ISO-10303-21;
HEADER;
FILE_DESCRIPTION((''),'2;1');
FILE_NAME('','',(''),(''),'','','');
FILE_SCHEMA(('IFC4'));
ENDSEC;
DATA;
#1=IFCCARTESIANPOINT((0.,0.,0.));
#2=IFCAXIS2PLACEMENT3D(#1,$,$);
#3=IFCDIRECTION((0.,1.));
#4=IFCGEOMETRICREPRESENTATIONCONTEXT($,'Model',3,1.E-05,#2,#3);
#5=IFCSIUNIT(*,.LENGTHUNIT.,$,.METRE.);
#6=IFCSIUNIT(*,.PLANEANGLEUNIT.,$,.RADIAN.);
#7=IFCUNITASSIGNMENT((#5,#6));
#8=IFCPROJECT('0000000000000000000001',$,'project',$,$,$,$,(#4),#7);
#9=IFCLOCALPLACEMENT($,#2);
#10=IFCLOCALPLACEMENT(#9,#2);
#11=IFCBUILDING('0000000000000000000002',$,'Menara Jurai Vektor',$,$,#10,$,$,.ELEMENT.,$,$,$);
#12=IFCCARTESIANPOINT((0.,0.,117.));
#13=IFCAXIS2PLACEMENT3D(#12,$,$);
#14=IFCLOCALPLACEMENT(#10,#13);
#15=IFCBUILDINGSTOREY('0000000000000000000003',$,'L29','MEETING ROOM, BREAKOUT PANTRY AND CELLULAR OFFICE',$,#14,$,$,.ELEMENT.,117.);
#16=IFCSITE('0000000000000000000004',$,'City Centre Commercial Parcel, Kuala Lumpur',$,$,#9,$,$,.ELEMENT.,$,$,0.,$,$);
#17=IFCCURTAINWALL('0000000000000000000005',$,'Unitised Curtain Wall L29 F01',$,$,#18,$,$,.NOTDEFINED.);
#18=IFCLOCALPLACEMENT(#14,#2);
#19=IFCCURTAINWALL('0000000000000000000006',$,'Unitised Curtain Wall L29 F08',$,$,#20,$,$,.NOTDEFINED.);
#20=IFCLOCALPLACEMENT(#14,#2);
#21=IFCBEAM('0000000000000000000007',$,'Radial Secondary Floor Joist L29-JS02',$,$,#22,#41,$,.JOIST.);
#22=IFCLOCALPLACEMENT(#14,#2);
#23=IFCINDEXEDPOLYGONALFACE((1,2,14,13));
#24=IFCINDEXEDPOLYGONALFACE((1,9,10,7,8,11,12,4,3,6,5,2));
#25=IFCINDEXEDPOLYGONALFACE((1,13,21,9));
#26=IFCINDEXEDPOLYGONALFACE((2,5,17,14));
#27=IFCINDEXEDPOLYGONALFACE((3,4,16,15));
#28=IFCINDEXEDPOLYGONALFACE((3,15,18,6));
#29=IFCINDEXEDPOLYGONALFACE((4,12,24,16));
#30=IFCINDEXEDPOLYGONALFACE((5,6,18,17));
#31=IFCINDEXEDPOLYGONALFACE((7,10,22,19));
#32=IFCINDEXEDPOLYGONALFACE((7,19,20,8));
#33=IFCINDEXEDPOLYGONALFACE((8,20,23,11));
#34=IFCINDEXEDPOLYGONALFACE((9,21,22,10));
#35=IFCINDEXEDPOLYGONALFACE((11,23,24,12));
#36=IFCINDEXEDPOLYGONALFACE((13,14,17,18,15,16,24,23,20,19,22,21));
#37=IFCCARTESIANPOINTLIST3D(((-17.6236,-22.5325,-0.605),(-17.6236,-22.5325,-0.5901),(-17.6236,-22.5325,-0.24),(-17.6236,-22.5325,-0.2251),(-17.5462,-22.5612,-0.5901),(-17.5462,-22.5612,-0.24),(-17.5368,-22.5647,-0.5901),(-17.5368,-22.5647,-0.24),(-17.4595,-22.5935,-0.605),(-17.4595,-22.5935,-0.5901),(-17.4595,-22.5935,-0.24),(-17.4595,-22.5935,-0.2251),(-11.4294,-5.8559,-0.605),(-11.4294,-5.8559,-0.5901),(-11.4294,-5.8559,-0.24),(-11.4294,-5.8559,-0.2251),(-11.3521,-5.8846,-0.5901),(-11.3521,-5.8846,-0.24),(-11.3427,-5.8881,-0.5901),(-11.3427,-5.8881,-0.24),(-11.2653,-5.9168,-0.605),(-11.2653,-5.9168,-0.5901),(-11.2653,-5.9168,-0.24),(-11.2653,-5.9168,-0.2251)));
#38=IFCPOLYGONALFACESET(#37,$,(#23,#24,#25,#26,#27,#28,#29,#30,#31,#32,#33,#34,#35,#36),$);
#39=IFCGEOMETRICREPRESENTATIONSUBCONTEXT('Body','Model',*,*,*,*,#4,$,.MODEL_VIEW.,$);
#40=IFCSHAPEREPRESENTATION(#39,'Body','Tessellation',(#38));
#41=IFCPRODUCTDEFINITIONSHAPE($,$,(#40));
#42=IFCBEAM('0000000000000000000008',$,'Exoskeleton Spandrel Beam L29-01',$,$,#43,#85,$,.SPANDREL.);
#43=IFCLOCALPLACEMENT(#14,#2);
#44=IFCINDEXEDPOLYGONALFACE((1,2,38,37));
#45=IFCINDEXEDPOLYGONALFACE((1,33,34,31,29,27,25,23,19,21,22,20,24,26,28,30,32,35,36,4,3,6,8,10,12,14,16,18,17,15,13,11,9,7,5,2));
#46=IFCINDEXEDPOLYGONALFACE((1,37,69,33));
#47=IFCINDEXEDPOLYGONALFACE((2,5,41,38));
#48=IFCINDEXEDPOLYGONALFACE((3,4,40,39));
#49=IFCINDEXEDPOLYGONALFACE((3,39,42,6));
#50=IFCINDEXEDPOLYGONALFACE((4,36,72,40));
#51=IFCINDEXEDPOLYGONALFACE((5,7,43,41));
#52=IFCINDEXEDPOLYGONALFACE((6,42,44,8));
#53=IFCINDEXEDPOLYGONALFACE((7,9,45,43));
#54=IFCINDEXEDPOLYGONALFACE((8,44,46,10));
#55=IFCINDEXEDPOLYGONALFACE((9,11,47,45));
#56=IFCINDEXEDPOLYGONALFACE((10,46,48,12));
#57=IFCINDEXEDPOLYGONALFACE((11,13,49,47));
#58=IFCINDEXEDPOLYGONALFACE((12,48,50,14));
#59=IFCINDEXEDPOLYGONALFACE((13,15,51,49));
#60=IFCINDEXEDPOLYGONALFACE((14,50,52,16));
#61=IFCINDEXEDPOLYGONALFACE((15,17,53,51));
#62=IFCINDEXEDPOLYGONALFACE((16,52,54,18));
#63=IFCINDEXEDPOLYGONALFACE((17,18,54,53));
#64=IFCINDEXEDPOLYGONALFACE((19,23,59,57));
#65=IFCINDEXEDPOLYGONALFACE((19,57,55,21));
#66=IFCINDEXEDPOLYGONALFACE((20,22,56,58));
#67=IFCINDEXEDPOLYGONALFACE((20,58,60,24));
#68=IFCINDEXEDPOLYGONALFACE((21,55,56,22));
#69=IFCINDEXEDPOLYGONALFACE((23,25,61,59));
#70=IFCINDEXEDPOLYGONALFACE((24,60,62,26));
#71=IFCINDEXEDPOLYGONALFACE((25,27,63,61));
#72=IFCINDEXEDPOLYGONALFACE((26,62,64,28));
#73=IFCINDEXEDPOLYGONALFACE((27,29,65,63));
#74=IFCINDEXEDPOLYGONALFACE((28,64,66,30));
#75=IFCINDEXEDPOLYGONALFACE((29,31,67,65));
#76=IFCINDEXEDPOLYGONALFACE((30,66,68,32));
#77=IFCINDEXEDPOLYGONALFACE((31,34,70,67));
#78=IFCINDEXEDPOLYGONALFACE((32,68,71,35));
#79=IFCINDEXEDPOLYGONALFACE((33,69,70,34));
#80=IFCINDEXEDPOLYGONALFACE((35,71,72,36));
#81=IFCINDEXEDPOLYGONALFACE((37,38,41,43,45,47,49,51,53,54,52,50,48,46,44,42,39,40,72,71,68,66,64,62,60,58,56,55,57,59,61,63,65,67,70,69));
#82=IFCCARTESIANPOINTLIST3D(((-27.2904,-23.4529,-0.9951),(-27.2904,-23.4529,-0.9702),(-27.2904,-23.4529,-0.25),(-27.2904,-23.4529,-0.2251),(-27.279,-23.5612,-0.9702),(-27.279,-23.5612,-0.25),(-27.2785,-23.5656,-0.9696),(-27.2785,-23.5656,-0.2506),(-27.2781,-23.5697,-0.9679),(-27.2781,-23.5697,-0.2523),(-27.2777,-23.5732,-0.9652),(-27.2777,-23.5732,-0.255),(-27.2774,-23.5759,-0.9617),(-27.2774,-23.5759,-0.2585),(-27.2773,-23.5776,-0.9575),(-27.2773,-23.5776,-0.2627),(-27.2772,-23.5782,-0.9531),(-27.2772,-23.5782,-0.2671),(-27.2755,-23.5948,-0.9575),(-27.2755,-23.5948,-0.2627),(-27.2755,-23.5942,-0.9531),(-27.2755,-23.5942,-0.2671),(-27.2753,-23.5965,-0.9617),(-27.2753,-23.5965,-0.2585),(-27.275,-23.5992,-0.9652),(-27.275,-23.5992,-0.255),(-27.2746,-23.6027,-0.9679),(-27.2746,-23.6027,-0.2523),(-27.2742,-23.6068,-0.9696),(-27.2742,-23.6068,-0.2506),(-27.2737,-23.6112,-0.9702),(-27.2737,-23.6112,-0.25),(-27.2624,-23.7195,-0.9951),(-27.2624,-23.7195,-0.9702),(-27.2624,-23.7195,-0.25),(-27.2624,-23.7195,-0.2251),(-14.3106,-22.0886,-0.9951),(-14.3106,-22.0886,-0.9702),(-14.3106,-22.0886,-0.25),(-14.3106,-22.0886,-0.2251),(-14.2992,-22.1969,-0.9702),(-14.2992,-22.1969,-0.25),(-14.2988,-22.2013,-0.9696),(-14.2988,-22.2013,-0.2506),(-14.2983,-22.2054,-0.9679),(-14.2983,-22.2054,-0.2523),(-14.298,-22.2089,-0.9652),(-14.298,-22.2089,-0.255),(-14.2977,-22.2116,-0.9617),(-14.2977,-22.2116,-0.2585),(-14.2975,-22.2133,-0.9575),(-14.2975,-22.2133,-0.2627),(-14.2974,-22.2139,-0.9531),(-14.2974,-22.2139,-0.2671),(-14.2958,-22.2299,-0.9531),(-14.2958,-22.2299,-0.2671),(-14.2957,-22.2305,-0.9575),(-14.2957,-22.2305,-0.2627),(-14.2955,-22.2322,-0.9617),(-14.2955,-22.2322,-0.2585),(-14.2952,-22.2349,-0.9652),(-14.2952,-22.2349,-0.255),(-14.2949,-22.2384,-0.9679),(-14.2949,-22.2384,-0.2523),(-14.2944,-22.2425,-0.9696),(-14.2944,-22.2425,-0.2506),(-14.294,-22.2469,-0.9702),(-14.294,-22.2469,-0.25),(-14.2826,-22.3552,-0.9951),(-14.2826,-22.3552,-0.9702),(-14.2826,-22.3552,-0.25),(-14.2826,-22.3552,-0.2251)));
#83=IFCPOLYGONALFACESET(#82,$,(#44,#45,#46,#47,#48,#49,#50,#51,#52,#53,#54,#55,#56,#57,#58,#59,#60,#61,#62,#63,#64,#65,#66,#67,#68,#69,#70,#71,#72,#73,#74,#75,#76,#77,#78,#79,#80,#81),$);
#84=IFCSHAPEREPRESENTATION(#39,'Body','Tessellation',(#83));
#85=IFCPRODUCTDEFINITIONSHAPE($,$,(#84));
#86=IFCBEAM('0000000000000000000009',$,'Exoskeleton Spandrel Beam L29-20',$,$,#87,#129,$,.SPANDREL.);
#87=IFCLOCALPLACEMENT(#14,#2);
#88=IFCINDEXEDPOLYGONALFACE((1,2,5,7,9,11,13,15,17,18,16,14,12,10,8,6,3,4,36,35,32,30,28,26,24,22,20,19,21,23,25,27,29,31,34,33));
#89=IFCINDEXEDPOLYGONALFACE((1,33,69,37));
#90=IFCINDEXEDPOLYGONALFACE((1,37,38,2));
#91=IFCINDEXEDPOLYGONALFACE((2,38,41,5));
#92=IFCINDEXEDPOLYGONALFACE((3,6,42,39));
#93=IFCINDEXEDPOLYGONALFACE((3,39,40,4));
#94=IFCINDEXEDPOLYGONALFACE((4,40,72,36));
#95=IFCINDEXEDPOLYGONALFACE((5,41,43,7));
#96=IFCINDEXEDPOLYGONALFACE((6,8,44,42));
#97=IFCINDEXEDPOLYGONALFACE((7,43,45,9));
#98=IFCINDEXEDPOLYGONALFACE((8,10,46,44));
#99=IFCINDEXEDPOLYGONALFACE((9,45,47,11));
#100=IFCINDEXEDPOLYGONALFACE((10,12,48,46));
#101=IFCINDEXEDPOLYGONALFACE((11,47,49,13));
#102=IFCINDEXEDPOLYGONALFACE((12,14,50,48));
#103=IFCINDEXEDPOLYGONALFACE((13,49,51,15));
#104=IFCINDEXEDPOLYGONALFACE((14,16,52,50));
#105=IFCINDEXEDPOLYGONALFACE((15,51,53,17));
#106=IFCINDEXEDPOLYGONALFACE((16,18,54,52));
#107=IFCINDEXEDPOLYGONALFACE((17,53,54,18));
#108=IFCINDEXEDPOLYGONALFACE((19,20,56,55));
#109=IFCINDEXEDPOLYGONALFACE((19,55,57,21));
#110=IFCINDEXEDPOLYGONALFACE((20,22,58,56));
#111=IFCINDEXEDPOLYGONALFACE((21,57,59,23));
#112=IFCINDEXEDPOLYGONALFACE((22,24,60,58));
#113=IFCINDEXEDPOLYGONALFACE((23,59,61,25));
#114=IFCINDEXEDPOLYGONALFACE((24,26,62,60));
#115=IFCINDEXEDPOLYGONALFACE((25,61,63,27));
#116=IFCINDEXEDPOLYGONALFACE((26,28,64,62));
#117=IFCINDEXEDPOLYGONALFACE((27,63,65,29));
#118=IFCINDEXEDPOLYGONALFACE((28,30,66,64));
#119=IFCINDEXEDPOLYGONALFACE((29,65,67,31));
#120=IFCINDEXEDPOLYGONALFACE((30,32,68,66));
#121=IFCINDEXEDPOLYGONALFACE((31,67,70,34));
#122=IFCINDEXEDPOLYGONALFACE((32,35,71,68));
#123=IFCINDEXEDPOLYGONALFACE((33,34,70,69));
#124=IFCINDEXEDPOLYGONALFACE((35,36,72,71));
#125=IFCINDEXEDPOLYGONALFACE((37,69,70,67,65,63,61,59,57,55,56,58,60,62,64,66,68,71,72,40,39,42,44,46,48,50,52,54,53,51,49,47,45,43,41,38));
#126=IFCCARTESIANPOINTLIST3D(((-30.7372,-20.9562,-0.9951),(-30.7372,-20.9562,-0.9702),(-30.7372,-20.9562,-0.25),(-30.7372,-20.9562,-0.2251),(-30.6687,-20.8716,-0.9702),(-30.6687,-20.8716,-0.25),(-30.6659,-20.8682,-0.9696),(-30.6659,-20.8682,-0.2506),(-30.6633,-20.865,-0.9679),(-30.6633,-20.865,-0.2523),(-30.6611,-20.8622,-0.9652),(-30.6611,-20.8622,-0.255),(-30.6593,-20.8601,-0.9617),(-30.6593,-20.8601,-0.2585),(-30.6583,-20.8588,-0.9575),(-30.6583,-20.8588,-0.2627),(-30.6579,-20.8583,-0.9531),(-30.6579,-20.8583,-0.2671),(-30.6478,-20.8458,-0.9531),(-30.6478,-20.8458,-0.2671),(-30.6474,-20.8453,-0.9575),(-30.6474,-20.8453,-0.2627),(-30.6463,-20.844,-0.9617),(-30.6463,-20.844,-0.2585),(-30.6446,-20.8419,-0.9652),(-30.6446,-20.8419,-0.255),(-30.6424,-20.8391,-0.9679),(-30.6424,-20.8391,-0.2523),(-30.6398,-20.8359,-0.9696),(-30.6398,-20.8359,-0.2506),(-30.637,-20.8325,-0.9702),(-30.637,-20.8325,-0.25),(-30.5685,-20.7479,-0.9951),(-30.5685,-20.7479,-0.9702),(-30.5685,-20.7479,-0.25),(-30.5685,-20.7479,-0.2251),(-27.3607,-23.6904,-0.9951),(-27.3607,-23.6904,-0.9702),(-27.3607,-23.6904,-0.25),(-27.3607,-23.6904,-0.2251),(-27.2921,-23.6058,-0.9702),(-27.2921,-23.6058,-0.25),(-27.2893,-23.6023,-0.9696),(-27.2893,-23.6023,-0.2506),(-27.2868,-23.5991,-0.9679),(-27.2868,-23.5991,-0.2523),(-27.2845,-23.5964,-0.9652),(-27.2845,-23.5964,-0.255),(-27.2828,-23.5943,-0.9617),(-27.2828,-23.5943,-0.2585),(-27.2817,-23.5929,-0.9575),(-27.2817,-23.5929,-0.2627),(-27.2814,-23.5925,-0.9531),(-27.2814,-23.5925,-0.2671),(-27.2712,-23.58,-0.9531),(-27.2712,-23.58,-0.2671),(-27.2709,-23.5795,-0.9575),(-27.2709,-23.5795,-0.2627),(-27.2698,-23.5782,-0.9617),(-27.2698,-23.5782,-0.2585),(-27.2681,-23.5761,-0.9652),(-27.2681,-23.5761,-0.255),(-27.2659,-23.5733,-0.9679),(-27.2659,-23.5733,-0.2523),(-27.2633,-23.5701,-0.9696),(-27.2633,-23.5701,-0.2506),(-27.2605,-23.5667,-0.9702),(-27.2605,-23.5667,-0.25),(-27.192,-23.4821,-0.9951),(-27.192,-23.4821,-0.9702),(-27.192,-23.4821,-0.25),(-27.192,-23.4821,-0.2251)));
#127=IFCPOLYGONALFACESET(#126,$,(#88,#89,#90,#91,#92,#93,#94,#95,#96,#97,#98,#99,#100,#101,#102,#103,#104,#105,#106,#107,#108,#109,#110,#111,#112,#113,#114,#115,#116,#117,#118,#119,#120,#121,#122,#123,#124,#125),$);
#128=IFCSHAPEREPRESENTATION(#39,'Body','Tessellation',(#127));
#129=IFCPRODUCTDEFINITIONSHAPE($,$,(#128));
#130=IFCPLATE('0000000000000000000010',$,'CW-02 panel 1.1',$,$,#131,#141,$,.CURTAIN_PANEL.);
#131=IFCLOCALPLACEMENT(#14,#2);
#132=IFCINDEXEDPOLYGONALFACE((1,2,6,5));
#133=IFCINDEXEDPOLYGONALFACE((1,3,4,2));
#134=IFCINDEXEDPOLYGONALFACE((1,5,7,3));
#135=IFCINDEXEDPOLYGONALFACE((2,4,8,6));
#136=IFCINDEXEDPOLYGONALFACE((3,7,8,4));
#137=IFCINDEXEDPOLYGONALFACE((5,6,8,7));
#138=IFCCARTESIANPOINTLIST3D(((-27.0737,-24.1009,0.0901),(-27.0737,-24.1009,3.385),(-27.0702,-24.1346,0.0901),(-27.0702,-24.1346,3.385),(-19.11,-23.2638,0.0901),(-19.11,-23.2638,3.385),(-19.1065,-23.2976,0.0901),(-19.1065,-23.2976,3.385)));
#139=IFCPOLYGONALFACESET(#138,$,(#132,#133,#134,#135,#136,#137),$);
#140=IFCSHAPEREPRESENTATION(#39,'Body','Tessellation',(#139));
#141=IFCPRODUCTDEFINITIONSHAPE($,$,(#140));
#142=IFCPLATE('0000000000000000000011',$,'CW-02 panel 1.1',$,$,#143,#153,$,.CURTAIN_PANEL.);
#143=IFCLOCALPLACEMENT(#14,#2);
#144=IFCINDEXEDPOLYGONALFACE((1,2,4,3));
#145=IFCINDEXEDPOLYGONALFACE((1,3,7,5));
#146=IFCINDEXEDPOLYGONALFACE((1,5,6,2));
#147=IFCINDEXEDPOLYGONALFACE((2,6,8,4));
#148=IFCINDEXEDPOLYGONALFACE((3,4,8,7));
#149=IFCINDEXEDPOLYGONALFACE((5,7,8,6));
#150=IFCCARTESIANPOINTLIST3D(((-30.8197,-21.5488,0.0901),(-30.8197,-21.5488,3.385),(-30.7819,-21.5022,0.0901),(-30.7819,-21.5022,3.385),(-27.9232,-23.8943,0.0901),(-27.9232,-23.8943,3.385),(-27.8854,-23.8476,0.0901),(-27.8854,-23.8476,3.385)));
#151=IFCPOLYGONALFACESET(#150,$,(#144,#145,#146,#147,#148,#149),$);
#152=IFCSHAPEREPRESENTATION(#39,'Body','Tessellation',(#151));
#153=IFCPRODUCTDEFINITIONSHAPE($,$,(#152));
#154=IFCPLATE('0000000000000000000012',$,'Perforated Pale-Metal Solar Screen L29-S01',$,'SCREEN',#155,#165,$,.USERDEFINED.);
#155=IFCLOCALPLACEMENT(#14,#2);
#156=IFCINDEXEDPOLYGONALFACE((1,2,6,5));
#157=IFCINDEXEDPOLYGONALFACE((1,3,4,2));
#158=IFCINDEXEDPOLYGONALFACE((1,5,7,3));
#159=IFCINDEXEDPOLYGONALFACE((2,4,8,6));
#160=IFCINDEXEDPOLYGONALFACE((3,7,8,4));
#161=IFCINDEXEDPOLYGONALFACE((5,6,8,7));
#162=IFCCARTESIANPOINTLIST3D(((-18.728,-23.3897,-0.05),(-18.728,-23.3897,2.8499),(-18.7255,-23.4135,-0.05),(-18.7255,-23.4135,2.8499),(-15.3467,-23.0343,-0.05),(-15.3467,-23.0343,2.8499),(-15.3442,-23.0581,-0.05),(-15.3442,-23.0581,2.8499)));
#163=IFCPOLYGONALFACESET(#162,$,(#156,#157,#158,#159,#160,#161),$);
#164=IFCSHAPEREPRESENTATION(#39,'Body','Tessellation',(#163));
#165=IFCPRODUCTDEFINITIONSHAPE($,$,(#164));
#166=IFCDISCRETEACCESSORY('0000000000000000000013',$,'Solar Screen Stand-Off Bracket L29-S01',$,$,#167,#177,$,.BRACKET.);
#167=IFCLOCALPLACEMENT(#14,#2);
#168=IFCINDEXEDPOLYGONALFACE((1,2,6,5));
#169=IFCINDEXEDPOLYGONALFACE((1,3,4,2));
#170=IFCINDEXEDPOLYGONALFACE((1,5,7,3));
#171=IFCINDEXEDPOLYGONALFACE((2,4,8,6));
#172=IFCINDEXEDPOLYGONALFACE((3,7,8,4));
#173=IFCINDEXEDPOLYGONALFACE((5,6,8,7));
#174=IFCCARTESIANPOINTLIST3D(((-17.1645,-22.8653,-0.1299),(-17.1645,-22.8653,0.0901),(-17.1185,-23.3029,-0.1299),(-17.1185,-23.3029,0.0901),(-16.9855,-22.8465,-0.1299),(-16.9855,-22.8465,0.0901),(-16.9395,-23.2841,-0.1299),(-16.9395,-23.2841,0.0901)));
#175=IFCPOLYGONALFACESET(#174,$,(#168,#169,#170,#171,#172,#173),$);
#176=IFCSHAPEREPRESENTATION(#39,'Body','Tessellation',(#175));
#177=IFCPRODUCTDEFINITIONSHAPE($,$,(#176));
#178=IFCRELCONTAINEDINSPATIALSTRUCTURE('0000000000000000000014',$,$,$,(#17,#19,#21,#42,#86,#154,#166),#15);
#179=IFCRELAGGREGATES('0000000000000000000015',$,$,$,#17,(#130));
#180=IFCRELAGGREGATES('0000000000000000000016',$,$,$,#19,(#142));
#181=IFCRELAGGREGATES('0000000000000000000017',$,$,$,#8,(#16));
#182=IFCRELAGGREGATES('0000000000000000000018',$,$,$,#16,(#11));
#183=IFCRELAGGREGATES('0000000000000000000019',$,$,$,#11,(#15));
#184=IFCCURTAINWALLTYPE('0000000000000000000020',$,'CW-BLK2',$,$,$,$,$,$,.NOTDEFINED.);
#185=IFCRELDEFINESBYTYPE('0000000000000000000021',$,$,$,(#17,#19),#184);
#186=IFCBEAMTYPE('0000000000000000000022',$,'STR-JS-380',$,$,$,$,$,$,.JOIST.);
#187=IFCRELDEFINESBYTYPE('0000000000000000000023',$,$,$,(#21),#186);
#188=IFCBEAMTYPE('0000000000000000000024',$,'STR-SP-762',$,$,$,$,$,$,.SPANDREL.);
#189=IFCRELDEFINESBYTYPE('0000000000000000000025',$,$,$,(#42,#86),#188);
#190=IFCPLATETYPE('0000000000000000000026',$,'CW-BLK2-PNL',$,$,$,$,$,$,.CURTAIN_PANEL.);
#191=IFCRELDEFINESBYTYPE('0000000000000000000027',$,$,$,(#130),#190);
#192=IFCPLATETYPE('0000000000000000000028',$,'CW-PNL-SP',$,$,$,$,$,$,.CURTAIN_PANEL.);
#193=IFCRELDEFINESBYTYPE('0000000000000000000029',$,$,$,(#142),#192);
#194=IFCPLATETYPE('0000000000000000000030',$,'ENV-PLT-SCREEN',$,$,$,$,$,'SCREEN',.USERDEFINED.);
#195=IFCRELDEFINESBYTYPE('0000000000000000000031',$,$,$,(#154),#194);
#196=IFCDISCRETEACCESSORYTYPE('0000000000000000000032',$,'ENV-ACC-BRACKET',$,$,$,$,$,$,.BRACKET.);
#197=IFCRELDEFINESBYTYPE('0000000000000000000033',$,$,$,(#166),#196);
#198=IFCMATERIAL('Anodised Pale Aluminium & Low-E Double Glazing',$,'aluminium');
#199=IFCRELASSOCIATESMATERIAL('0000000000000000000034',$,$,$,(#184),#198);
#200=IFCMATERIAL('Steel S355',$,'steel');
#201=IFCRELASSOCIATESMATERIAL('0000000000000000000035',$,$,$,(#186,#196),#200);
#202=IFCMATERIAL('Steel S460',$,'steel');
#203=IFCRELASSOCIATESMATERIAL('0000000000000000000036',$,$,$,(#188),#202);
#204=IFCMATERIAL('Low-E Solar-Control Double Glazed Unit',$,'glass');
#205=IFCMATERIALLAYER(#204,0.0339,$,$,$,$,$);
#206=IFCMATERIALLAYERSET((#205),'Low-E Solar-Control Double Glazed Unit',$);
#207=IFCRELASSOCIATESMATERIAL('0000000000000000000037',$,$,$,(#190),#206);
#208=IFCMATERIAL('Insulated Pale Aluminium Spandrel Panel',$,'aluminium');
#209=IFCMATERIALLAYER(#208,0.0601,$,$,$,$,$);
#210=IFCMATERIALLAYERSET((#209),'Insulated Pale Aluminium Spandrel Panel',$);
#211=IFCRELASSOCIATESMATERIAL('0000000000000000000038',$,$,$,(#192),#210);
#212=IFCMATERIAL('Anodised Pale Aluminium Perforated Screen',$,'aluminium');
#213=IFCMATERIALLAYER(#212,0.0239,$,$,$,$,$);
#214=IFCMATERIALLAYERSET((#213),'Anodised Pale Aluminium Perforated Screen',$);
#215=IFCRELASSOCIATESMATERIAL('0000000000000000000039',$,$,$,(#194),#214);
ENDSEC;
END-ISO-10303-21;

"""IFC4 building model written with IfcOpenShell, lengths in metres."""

from ifc_helpers import new_model, si_unit, direction, frame, origin, origin_2d, place, context, subcontext, project, spatial, rectangle, i_section, extrude, material, layer, layer_set, material_profile, profile_set, type_object, element, aggregate, save


model = new_model("IFC4")

# Units and contexts
model_context = context("Model", 3, precision=1e-05, world=origin(), true_north=direction((0.0, 1.0)))
body_context = subcontext(model_context, "Body", "Model", "MODEL_VIEW")
ifc_project = project(units=[si_unit("LENGTHUNIT", "METRE"), si_unit("PLANEANGLEUNIT", "RADIAN")], contexts=[model_context])

# Site, building, storey
site_placement = place(None, origin())
site = spatial("IfcSite", under=ifc_project, at=site_placement, Name="City Centre Commercial Parcel, Kuala Lumpur", CompositionType="ELEMENT", RefElevation=0.0)
building_placement = place(site_placement, origin())
building = spatial("IfcBuilding", under=site, at=building_placement, Name="Menara Jurai Vektor", CompositionType="ELEMENT")
storey_placement = place(building_placement, frame((0.0, 0.0, 117.0)))
storey = spatial("IfcBuildingStorey", under=building, at=storey_placement, Name="L29", Description="MEETING ROOM, BREAKOUT PANTRY AND CELLULAR OFFICE", CompositionType="ELEMENT", Elevation=117.0)

# Shared definitions
ifc_material_1 = material(Name="Steel S460", Category="steel")

# Curtain wall
ifc_material_2 = material(Name="Anodised Pale Aluminium & Low-E Double Glazing", Category="aluminium")
curtain_wall_type = type_object("IfcCurtainWallType", Name="CW-BLK2", PredefinedType="NOTDEFINED", material=ifc_material_2)
curtain_wall_1_placement = place(storey_placement, origin())
curtain_wall_1 = element("IfcCurtainWall", 1, at=curtain_wall_1_placement, inside=storey, type_object=curtain_wall_type, Name="Unitised Curtain Wall L29 F01", PredefinedType="NOTDEFINED")

# Curtain wall
curtain_wall_2_placement = place(storey_placement, origin())
curtain_wall_2 = element("IfcCurtainWall", 2, at=curtain_wall_2_placement, inside=storey, type_object=curtain_wall_type, Name="Unitised Curtain Wall L29 F08", PredefinedType="NOTDEFINED")

# Shared definitions
ifc_material_3 = material(Name="Steel S355", Category="steel")

# Beams
ifc_material_profile_1 = material_profile(ifc_material_3, i_section(OverallWidth=0.175, OverallDepth=0.3799, WebThickness=0.01, FlangeThickness=0.0149, at=origin_2d()), Name="PG 380x175x58")
ifc_profile_set_1 = profile_set([ifc_material_profile_1], Name="Steel S355")
beam_type_1 = type_object("IfcBeamType", Name="STR-JS-380", PredefinedType="JOIST", material=ifc_profile_set_1)
beam_1_placement = place(storey_placement, frame((-17.5415, -22.563, -0.415), z_axis=(0.348184, 0.937426, 0.0), x_axis=(-0.937426, 0.348184, 0.0)))
element("IfcBeam", 3, at=beam_1_placement, inside=storey, type_object=beam_type_1, Name="Radial Secondary Floor Joist L29-JS02", PredefinedType="JOIST", context=body_context, shape_type="SweptSolid", body=[
    extrude(i_section(OverallWidth=0.175, OverallDepth=0.3799, WebThickness=0.01, FlangeThickness=0.0149, at=origin_2d()), origin(), (0.0, 0.0, 1.0), 17.7898),
])
ifc_material_profile_2 = material_profile(ifc_material_1, i_section(OverallWidth=0.2681, OverallDepth=0.77, WebThickness=0.0161, FlangeThickness=0.0249, FilletRadius=0.0171, at=origin_2d()), Name="UKB 762x267x197")
ifc_profile_set_2 = profile_set([ifc_material_profile_2], Name="Steel S460")
beam_type_2 = type_object("IfcBeamType", Name="STR-SP-762", PredefinedType="SPANDREL", material=ifc_profile_set_2)
beam_2_placement = place(storey_placement, frame((-27.2764, -23.5862, -0.6101), z_axis=(0.994522, 0.104531, 0.0), x_axis=(-0.104531, 0.994522, 0.0)))
element("IfcBeam", 4, at=beam_2_placement, inside=storey, type_object=beam_type_2, Name="Exoskeleton Spandrel Beam L29-01", PredefinedType="SPANDREL", context=body_context, shape_type="SweptSolid", body=[
    extrude(i_section(OverallWidth=0.2681, OverallDepth=0.77, WebThickness=0.0161, FlangeThickness=0.0249, FilletRadius=0.0171, at=origin_2d()), origin(), (0.0, 0.0, 1.0), 13.0513),
])
beam_3_placement = place(storey_placement, frame((-30.6528, -20.8521, -0.6101), z_axis=(0.777155, -0.62931, 0.0), x_axis=(0.62931, 0.777155, 0.0)))
element("IfcBeam", 5, at=beam_3_placement, inside=storey, type_object=beam_type_2, Name="Exoskeleton Spandrel Beam L29-20", PredefinedType="SPANDREL", context=body_context, shape_type="SweptSolid", body=[
    extrude(i_section(OverallWidth=0.2681, OverallDepth=0.77, WebThickness=0.0161, FlangeThickness=0.0249, FilletRadius=0.0171, at=origin_2d()), origin(), (0.0, 0.0, 1.0), 4.3447),
])

# Plates
ifc_material_4 = material(Name="Low-E Solar-Control Double Glazed Unit", Category="glass")
ifc_layer_1 = layer(ifc_material_4, 0.0339)
ifc_layer_set_1 = layer_set([ifc_layer_1], Name="Low-E Solar-Control Double Glazed Unit")
plate_type_1 = type_object("IfcPlateType", Name="CW-BLK2-PNL", PredefinedType="CURTAIN_PANEL", material=ifc_layer_set_1)
plate_1_placement = place(storey_placement, frame((-23.0901, -23.6992, 0.0901), z_axis=(0.0, 0.0, 1.0), x_axis=(0.994522, 0.104529, 0.0)))
plate_1 = element("IfcPlate", 6, at=plate_1_placement, type_object=plate_type_1, Name="CW-02 panel 1.1", PredefinedType="CURTAIN_PANEL", context=body_context, shape_type="SweptSolid", body=[
    extrude(rectangle(XDim=8.0076, YDim=0.0339, at=origin_2d()), origin(), (0.0, 0.0, 1.0), 3.2949),
])
aggregate(curtain_wall_1, [plate_1])
ifc_material_5 = material(Name="Insulated Pale Aluminium Spandrel Panel", Category="aluminium")
ifc_layer_2 = layer(ifc_material_5, 0.0601)
ifc_layer_set_2 = layer_set([ifc_layer_2], Name="Insulated Pale Aluminium Spandrel Panel")
plate_type_2 = type_object("IfcPlateType", Name="CW-PNL-SP", PredefinedType="CURTAIN_PANEL", material=ifc_layer_set_2)
plate_2_placement = place(storey_placement, frame((-29.3525, -22.6982, 0.0901), z_axis=(0.0, 0.0, 1.0), x_axis=(0.777152, -0.629313, 0.0)))
plate_2 = element("IfcPlate", 7, at=plate_2_placement, type_object=plate_type_2, Name="CW-02 panel 1.1", PredefinedType="CURTAIN_PANEL", context=body_context, shape_type="SweptSolid", body=[
    extrude(rectangle(XDim=3.7271, YDim=0.0601, at=origin_2d()), origin(), (0.0, 0.0, 1.0), 3.2949),
])
aggregate(curtain_wall_2, [plate_2])
ifc_material_6 = material(Name="Anodised Pale Aluminium Perforated Screen", Category="aluminium")
ifc_layer_3 = layer(ifc_material_6, 0.0239)
ifc_layer_set_3 = layer_set([ifc_layer_3], Name="Anodised Pale Aluminium Perforated Screen")
plate_type_3 = type_object("IfcPlateType", Name="ENV-PLT-SCREEN", ElementType="SCREEN", PredefinedType="USERDEFINED", material=ifc_layer_set_3)
plate_3_placement = place(storey_placement, frame((-17.0361, -23.2239, -0.05), z_axis=(0.0, 0.0, 1.0), x_axis=(0.994522, 0.104528, 0.0)))
element("IfcPlate", 8, at=plate_3_placement, inside=storey, type_object=plate_type_3, Name="Perforated Pale-Metal Solar Screen L29-S01", ObjectType="SCREEN", PredefinedType="USERDEFINED", context=body_context, shape_type="SweptSolid", body=[
    extrude(rectangle(XDim=3.3999, YDim=0.0239, at=origin_2d()), origin(), (0.0, 0.0, 1.0), 2.8999),
])

# Discrete accessory
discrete_accessory_type = type_object("IfcDiscreteAccessoryType", Name="ENV-ACC-BRACKET", PredefinedType="BRACKET", material=ifc_material_3)
discrete_accessory_placement = place(storey_placement, frame((-17.052, -23.0747, -0.1299), z_axis=(0.0, 0.0, 1.0), x_axis=(0.994522, 0.104528, 0.0)))
element("IfcDiscreteAccessory", 9, at=discrete_accessory_placement, inside=storey, type_object=discrete_accessory_type, Name="Solar Screen Stand-Off Bracket L29-S01", PredefinedType="BRACKET", context=body_context, shape_type="SweptSolid", body=[
    extrude(rectangle(XDim=0.1799, YDim=0.4399, at=origin_2d()), origin(), (0.0, 0.0, 1.0), 0.22),
])

save(model, "model.ifc")
